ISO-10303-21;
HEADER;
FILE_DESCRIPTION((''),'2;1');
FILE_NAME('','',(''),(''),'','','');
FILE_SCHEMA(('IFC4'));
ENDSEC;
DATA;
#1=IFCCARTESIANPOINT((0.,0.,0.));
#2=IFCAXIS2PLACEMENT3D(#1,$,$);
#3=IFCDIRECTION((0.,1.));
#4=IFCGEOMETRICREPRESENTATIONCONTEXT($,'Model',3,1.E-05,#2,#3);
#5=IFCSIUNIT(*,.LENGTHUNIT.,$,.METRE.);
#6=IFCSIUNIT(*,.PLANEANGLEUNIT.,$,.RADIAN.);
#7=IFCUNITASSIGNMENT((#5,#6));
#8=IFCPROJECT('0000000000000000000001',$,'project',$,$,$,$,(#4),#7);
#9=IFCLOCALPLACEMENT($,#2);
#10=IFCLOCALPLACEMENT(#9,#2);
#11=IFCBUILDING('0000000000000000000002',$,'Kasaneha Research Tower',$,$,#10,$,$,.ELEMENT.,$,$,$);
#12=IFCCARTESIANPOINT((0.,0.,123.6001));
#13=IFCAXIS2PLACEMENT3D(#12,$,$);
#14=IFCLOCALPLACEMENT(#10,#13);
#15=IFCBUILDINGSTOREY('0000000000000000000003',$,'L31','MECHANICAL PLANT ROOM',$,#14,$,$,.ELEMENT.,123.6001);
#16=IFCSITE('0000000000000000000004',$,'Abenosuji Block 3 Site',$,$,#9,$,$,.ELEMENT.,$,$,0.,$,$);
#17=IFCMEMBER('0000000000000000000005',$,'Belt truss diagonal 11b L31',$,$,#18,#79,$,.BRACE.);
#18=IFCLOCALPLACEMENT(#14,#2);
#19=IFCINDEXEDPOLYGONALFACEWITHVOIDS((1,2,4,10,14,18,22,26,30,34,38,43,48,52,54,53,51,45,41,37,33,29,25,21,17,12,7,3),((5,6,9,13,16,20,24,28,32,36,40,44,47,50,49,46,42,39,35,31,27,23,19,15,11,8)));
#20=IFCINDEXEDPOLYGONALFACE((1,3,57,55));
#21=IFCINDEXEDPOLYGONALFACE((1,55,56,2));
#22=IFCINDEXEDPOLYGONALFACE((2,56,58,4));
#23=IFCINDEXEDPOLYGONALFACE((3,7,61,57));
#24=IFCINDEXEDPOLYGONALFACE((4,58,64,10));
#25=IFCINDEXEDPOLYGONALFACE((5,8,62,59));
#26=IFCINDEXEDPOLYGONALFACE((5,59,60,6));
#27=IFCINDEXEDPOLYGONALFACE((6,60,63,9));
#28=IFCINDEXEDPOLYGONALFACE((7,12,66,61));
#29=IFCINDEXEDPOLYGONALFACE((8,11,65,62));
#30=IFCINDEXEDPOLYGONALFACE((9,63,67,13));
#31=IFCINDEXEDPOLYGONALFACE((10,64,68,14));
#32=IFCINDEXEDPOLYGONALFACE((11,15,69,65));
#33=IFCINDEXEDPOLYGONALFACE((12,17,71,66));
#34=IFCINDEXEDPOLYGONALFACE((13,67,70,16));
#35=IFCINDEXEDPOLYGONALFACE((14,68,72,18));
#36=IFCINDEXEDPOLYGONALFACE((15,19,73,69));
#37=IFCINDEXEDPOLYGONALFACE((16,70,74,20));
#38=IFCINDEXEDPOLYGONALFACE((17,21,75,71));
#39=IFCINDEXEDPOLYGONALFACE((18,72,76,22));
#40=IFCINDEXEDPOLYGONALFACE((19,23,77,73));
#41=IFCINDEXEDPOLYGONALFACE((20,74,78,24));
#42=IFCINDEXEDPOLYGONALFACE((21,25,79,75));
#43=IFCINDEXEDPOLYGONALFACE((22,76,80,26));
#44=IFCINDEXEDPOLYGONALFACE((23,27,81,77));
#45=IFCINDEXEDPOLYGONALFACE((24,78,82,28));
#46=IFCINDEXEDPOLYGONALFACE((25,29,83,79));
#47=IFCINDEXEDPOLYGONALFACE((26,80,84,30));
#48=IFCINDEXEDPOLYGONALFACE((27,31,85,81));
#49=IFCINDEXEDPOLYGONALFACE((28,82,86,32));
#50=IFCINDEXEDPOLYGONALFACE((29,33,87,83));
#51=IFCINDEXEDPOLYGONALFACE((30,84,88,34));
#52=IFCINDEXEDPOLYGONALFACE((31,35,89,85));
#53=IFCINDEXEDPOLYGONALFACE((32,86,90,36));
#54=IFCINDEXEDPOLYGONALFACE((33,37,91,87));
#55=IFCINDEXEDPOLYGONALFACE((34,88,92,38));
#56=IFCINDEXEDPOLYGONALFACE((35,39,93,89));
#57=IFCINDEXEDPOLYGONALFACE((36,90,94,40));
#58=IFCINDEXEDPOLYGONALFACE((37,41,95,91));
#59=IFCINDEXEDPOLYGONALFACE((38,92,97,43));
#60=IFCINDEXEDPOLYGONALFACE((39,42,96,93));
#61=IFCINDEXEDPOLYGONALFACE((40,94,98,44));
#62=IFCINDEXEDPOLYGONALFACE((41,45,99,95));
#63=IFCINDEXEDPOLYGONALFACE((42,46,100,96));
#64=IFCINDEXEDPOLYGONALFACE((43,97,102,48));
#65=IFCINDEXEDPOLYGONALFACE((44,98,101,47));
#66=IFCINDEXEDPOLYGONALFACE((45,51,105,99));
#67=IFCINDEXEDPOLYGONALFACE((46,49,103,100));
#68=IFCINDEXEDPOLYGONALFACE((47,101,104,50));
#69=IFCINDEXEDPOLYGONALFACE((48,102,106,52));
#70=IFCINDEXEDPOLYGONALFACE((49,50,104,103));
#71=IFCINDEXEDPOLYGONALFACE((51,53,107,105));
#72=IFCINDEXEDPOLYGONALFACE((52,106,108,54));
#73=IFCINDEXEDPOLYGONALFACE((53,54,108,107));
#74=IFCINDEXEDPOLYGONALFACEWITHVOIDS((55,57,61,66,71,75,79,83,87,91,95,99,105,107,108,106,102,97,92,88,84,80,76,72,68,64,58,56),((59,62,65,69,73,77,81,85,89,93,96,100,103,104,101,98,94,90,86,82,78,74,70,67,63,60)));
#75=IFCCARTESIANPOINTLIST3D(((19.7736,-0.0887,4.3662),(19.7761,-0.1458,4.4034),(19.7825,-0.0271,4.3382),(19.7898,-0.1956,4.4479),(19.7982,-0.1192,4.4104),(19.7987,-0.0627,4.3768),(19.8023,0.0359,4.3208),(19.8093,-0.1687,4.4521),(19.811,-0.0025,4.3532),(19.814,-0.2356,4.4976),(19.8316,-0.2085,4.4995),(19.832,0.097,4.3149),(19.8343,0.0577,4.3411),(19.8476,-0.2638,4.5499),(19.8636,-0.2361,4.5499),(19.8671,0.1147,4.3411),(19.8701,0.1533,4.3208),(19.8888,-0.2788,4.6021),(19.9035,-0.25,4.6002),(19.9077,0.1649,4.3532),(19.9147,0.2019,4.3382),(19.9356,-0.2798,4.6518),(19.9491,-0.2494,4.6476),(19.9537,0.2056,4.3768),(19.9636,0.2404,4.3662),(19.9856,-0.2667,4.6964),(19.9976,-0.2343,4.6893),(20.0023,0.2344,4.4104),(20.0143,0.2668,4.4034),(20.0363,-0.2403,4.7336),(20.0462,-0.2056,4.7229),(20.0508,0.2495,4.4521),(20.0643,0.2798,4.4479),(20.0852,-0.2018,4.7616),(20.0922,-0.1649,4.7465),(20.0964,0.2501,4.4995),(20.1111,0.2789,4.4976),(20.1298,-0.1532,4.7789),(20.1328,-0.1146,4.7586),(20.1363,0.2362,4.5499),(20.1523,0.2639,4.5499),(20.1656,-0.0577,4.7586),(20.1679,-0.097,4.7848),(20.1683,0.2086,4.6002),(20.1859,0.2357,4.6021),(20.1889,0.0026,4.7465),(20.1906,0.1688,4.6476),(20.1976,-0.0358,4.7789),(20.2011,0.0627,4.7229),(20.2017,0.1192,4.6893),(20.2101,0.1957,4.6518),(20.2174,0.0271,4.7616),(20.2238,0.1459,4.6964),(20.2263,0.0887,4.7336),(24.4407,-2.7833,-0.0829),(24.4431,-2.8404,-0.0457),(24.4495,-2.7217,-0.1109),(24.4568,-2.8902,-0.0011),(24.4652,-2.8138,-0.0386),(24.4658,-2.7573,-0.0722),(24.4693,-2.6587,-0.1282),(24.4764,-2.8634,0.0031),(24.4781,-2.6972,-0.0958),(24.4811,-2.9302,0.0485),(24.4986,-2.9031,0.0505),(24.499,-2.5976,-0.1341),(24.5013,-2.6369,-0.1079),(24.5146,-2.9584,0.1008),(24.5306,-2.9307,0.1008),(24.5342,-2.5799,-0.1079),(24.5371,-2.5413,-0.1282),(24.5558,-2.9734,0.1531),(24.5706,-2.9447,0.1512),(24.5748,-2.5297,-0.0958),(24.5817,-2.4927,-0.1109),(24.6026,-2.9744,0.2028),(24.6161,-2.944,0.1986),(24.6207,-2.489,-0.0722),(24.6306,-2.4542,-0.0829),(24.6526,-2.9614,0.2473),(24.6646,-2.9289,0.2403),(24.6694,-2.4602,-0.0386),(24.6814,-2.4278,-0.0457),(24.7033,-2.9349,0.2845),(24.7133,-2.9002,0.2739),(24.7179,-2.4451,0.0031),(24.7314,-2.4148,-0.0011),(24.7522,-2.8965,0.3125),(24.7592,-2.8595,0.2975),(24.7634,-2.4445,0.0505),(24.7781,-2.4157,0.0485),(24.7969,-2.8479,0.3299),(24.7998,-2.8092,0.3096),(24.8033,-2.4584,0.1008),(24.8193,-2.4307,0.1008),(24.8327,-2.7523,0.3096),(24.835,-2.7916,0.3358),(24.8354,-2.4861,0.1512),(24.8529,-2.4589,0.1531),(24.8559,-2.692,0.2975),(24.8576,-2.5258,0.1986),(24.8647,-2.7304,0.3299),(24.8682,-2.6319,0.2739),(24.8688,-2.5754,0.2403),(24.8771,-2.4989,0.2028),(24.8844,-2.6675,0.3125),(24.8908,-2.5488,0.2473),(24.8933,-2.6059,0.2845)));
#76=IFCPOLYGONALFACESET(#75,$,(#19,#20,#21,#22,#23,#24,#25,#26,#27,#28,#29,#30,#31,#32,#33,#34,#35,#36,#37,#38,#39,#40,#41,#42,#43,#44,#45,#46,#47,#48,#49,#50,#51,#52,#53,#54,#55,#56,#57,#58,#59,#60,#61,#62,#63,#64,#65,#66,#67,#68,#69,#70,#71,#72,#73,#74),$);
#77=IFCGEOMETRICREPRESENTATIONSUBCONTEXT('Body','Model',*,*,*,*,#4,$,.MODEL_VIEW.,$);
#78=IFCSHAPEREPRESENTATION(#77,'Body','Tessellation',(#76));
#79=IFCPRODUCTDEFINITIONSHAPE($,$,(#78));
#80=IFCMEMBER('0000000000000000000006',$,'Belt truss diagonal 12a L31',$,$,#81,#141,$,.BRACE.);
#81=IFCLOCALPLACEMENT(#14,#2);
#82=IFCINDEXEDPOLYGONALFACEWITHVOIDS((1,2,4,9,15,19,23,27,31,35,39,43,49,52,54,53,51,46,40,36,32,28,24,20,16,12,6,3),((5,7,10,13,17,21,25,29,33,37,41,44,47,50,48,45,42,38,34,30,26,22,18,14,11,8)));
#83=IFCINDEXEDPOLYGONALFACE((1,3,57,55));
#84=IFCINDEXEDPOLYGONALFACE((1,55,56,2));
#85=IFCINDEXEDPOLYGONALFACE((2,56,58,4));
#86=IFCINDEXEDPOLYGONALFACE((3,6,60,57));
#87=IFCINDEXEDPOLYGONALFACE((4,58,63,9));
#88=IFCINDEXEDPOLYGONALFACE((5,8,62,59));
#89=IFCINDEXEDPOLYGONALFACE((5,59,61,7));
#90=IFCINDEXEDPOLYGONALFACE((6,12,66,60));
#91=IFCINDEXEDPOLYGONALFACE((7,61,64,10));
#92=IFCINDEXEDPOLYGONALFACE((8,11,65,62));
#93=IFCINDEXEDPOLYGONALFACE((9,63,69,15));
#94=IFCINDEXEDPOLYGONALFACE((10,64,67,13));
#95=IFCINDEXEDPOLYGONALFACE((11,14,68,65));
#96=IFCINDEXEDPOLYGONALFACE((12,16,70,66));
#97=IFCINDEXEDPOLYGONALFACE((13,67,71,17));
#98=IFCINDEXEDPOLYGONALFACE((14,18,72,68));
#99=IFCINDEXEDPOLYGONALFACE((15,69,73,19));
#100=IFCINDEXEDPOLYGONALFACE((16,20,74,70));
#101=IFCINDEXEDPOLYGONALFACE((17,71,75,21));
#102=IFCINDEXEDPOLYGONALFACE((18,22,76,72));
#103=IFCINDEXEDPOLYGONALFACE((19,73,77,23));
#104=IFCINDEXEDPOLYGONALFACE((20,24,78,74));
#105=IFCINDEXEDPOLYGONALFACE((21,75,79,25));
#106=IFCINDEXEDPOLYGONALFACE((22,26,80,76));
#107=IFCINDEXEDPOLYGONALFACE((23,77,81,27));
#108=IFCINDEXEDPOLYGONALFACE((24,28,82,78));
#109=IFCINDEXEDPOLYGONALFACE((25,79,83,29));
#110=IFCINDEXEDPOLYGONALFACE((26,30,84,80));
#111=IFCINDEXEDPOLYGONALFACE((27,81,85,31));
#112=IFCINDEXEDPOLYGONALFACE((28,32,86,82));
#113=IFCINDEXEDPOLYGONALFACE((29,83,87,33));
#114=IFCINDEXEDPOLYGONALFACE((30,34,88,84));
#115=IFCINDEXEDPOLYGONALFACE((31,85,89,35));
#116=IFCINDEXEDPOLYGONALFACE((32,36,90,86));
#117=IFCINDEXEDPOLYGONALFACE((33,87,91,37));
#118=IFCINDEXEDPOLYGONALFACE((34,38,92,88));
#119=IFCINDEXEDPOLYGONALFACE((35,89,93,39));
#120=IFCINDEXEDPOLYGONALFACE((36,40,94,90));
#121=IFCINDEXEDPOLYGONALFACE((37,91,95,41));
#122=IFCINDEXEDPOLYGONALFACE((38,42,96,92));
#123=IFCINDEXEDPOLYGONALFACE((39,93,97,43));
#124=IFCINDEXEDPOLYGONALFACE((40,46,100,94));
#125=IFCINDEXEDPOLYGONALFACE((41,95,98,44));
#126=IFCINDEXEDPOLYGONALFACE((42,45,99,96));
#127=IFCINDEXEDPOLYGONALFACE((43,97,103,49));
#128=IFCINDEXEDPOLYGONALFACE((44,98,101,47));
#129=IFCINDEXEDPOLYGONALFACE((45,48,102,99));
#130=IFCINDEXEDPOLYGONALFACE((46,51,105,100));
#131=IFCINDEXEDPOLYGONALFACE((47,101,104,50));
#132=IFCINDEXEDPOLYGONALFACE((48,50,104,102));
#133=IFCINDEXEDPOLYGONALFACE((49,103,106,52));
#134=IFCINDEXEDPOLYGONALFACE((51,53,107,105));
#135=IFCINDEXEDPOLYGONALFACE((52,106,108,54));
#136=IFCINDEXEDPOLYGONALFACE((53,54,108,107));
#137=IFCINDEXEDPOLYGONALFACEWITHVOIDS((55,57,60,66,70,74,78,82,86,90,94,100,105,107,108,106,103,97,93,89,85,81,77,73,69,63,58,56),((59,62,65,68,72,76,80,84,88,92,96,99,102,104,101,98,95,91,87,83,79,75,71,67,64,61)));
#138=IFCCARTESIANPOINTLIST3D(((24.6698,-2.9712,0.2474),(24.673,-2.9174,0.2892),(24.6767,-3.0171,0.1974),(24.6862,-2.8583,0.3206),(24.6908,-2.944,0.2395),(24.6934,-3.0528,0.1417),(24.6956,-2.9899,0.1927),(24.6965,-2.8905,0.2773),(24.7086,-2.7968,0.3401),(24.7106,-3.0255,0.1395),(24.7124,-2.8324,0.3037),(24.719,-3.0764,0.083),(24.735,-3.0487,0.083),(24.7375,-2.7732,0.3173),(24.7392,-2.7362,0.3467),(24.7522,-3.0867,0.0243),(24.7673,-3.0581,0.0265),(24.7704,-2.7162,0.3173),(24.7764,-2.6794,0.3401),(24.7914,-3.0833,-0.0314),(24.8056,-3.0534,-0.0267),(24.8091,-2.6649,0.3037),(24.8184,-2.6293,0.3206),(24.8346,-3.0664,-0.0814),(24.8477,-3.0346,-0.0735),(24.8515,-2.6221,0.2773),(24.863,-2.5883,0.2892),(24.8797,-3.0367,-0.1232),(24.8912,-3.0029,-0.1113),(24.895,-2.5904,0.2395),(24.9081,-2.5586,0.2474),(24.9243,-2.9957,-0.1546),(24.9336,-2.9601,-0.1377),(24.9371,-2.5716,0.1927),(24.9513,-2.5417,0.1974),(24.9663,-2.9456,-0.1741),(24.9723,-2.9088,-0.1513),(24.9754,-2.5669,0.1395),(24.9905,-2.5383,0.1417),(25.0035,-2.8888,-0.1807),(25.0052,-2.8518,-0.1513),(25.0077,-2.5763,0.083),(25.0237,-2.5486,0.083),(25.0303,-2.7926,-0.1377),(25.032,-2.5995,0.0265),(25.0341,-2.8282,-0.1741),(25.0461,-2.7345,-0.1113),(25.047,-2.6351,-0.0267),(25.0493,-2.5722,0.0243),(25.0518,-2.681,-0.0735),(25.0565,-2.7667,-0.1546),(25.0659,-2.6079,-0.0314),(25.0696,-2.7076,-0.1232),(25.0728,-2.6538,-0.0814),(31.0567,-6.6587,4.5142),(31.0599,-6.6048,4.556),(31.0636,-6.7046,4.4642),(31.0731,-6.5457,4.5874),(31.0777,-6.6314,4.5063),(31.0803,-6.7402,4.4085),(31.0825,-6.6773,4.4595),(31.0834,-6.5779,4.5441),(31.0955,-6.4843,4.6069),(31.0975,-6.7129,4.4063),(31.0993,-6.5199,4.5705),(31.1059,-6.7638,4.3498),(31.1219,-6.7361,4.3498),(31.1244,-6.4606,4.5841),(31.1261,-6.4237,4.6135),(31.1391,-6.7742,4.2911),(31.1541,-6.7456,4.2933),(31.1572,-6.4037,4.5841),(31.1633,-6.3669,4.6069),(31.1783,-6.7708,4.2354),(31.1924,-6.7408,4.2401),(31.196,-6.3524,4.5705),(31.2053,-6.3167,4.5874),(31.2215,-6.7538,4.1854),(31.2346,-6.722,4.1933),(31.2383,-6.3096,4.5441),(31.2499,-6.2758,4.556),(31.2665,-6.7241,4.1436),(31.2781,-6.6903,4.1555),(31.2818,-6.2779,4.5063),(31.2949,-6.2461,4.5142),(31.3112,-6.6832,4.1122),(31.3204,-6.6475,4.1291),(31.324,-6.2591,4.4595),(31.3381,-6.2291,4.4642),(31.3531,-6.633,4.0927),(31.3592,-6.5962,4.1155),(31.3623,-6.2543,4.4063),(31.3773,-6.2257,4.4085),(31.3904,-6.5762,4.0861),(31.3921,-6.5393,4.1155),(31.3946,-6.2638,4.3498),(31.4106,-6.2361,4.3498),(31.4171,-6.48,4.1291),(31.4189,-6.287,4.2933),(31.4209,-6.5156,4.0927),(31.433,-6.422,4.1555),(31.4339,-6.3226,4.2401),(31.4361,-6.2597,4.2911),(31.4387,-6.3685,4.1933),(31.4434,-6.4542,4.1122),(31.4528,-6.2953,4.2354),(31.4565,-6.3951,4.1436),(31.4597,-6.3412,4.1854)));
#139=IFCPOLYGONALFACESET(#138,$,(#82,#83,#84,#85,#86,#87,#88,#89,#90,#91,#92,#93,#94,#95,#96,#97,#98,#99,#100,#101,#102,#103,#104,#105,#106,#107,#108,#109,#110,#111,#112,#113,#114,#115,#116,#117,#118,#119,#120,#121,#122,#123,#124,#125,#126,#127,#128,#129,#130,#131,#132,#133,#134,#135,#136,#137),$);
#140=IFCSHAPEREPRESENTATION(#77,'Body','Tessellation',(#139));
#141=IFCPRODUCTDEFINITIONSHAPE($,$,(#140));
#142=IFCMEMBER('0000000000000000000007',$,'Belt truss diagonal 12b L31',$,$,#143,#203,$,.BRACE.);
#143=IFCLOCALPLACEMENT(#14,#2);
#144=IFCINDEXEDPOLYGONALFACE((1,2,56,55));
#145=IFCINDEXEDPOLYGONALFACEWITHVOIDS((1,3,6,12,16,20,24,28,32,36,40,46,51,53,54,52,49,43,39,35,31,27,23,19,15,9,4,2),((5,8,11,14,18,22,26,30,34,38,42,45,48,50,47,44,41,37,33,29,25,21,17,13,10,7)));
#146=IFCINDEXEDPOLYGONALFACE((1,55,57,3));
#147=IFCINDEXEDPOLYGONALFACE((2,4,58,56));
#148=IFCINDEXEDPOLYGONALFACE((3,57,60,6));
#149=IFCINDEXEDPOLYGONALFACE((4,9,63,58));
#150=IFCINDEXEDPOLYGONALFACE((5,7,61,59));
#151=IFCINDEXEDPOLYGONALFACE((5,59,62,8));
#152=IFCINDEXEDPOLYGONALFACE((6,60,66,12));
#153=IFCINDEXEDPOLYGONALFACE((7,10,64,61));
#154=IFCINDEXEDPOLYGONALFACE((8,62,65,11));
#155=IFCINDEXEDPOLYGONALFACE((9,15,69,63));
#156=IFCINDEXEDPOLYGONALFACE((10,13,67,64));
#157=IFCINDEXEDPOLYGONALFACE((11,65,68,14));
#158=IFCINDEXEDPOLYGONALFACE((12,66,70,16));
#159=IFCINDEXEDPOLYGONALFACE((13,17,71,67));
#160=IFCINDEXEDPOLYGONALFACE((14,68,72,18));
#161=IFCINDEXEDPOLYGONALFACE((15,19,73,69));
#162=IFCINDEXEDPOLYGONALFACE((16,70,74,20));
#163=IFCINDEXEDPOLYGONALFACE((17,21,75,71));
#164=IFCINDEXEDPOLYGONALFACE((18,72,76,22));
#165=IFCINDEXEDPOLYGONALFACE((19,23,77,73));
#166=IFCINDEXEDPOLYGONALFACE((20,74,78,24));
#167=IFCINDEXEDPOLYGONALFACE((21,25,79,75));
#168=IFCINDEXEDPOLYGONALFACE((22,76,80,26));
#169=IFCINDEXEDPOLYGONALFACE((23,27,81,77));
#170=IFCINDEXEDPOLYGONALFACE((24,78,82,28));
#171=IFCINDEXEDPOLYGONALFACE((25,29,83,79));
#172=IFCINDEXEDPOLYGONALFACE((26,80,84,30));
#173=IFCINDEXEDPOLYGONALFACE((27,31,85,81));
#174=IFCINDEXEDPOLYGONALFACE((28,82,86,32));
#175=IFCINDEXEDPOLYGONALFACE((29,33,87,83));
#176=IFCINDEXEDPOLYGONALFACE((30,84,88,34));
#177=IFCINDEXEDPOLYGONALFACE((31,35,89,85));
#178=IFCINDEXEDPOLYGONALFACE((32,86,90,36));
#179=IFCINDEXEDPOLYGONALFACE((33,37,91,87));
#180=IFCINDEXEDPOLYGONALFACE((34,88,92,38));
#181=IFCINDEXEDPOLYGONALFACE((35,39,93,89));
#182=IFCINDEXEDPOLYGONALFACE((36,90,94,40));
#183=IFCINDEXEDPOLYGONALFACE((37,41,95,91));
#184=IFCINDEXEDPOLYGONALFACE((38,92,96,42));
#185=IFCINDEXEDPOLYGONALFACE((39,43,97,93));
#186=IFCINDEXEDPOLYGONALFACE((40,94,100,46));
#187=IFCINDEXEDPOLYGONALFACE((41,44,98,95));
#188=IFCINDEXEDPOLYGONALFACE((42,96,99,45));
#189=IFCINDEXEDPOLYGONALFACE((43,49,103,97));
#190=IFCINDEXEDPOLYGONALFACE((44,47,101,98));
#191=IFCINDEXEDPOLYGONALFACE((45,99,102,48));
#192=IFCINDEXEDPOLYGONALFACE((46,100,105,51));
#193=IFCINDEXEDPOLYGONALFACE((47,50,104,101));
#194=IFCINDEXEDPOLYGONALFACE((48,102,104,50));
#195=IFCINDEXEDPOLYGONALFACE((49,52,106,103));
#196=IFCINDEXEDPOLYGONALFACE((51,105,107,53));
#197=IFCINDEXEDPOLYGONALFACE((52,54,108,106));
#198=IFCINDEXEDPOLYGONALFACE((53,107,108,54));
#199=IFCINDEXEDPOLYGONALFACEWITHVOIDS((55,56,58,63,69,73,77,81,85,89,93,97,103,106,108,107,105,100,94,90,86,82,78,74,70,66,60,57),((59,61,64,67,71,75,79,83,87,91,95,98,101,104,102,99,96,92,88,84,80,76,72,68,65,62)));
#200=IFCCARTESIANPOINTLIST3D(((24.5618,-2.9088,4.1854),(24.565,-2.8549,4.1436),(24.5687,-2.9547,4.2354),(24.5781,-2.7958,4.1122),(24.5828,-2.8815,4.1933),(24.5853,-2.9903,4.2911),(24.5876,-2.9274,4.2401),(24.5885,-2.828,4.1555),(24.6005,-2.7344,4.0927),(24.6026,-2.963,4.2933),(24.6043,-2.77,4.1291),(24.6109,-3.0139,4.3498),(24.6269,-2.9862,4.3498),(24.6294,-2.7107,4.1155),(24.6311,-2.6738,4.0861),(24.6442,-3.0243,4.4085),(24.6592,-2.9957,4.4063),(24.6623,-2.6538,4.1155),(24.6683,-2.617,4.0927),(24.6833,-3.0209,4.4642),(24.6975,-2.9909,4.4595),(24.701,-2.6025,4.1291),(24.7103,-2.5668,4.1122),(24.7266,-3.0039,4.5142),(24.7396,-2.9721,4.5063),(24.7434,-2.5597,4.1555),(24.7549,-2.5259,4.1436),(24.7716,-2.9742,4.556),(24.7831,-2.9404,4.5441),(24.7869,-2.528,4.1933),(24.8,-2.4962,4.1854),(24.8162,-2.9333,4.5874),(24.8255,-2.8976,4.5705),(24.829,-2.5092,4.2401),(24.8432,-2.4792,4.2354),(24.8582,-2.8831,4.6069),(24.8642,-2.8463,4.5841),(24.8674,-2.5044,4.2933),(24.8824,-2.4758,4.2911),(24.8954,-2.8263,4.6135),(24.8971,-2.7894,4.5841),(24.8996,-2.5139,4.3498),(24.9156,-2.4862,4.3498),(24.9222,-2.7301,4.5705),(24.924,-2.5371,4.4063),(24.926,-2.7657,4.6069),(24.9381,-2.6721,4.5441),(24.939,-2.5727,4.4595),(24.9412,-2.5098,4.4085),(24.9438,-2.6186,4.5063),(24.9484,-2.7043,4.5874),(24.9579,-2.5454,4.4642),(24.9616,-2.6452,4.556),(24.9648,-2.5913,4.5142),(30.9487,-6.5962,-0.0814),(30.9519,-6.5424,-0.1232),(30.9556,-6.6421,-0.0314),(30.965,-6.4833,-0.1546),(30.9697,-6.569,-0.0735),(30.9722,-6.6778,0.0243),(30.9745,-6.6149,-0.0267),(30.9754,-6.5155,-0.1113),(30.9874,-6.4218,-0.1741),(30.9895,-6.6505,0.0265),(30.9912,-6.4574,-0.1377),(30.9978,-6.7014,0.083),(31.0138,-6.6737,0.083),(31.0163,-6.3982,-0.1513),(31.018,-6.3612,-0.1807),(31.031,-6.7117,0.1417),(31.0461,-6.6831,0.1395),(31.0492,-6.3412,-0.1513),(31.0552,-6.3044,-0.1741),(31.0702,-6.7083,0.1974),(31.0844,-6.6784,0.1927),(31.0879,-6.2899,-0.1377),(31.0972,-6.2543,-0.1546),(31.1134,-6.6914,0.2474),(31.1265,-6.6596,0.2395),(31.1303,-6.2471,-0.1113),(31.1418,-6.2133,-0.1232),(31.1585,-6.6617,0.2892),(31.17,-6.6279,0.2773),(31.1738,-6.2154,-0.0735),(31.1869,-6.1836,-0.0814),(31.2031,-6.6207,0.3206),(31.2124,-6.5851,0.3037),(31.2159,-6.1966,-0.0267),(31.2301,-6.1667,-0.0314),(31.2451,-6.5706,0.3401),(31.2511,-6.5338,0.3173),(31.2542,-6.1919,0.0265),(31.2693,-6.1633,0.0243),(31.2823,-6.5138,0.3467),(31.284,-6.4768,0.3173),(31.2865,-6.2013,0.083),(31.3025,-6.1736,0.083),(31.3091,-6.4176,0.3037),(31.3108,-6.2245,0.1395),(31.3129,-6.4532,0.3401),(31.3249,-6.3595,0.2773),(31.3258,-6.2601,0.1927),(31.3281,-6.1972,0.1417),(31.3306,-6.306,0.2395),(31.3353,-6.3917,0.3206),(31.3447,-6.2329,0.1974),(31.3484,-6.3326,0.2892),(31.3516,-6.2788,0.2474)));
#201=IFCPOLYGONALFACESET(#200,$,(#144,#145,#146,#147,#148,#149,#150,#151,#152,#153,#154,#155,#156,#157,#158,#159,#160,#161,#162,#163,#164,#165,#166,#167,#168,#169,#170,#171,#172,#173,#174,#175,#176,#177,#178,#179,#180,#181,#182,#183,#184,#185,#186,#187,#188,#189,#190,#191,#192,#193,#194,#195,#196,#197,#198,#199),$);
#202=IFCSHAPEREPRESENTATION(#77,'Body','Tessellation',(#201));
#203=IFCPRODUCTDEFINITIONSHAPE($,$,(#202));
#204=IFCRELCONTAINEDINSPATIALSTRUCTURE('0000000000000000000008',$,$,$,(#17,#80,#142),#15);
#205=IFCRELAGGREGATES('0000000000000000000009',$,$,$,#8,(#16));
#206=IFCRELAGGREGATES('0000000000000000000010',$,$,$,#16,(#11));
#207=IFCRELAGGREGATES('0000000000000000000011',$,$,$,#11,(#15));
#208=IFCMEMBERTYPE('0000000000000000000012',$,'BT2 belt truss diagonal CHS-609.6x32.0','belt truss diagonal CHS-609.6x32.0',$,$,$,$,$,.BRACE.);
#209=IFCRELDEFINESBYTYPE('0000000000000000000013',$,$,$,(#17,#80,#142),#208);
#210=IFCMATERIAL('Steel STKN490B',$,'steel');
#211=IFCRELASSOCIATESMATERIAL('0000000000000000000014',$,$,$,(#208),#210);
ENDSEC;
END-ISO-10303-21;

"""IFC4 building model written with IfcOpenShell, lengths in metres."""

from ifc_helpers import new_model, si_unit, direction, frame, origin, origin_2d, place, context, subcontext, project, spatial, hollow_circle, extrude, material, material_profile, profile_set, type_object, element, save


model = new_model("IFC4")

# Units and contexts
model_context = context("Model", 3, precision=1e-05, world=origin(), true_north=direction((0.0, 1.0)))
body_context = subcontext(model_context, "Body", "Model", "MODEL_VIEW")
ifc_project = project(units=[si_unit("LENGTHUNIT", "METRE"), si_unit("PLANEANGLEUNIT", "RADIAN")], contexts=[model_context])

# Site, building, storey
site_placement = place(None, origin())
site = spatial("IfcSite", under=ifc_project, at=site_placement, Name="Abenosuji Block 3 Site", CompositionType="ELEMENT", RefElevation=0.0)
building_placement = place(site_placement, origin())
building = spatial("IfcBuilding", under=site, at=building_placement, Name="Kasaneha Research Tower", CompositionType="ELEMENT")
storey_placement = place(building_placement, frame((0.0, 0.0, 123.6001)))
storey = spatial("IfcBuildingStorey", under=building, at=storey_placement, Name="L31", Description="MECHANICAL PLANT ROOM", CompositionType="ELEMENT", Elevation=123.6001)

# Members
ifc_material_1 = material(Name="Steel STKN490B", Category="steel")
ifc_material_profile_1 = material_profile(ifc_material_1, hollow_circle(Radius=0.3047, WallThickness=0.032, at=origin_2d()), Name="CHS-609.6x32.0")
ifc_profile_set_1 = profile_set([ifc_material_profile_1], Name="Steel STKN490B")
member_type = type_object("IfcMemberType", Name="BT2 belt truss diagonal CHS-609.6x32.0", Description="belt truss diagonal CHS-609.6x32.0", PredefinedType="BRACE", material=ifc_profile_set_1)
for number, where, z_axis, x_axis, name in (
    (1, (24.667, -2.6946, 0.1008), (-0.667839, 0.38559, 0.636641), (-0.500013, -0.866018, 0.0), "Belt truss diagonal 11b L31"),
):
    element("IfcMember", number, at=place(storey_placement, frame(where, z_axis=z_axis, x_axis=x_axis)), inside=storey, type_object=member_type, Name=name, PredefinedType="BRACE", context=body_context, shape_type="SweptSolid", body=[
        extrude(hollow_circle(Radius=0.3047, WallThickness=0.032, at=origin_2d()), origin(), (0.0, 0.0, 1.0), 6.9883),
    ])
for number, where, z_axis, x_axis, name in (
    (2, (24.8713, -2.8125, 0.083), (0.74961, -0.432786, 0.500781), (0.499999, 0.866026, 0.0), "Belt truss diagonal 12a L31"),
    (3, (31.1501, -6.4375, 0.083), (-0.74961, 0.432786, 0.500781), (-0.499999, -0.866026, 0.0), "Belt truss diagonal 12b L31"),
):
    element("IfcMember", number, at=place(storey_placement, frame(where, z_axis=z_axis, x_axis=x_axis)), inside=storey, type_object=member_type, Name=name, PredefinedType="BRACE", context=body_context, shape_type="SweptSolid", body=[
        extrude(hollow_circle(Radius=0.3047, WallThickness=0.032, at=origin_2d()), origin(), (0.0, 0.0, 1.0), 8.5203),
    ])

save(model, "model.ifc")
